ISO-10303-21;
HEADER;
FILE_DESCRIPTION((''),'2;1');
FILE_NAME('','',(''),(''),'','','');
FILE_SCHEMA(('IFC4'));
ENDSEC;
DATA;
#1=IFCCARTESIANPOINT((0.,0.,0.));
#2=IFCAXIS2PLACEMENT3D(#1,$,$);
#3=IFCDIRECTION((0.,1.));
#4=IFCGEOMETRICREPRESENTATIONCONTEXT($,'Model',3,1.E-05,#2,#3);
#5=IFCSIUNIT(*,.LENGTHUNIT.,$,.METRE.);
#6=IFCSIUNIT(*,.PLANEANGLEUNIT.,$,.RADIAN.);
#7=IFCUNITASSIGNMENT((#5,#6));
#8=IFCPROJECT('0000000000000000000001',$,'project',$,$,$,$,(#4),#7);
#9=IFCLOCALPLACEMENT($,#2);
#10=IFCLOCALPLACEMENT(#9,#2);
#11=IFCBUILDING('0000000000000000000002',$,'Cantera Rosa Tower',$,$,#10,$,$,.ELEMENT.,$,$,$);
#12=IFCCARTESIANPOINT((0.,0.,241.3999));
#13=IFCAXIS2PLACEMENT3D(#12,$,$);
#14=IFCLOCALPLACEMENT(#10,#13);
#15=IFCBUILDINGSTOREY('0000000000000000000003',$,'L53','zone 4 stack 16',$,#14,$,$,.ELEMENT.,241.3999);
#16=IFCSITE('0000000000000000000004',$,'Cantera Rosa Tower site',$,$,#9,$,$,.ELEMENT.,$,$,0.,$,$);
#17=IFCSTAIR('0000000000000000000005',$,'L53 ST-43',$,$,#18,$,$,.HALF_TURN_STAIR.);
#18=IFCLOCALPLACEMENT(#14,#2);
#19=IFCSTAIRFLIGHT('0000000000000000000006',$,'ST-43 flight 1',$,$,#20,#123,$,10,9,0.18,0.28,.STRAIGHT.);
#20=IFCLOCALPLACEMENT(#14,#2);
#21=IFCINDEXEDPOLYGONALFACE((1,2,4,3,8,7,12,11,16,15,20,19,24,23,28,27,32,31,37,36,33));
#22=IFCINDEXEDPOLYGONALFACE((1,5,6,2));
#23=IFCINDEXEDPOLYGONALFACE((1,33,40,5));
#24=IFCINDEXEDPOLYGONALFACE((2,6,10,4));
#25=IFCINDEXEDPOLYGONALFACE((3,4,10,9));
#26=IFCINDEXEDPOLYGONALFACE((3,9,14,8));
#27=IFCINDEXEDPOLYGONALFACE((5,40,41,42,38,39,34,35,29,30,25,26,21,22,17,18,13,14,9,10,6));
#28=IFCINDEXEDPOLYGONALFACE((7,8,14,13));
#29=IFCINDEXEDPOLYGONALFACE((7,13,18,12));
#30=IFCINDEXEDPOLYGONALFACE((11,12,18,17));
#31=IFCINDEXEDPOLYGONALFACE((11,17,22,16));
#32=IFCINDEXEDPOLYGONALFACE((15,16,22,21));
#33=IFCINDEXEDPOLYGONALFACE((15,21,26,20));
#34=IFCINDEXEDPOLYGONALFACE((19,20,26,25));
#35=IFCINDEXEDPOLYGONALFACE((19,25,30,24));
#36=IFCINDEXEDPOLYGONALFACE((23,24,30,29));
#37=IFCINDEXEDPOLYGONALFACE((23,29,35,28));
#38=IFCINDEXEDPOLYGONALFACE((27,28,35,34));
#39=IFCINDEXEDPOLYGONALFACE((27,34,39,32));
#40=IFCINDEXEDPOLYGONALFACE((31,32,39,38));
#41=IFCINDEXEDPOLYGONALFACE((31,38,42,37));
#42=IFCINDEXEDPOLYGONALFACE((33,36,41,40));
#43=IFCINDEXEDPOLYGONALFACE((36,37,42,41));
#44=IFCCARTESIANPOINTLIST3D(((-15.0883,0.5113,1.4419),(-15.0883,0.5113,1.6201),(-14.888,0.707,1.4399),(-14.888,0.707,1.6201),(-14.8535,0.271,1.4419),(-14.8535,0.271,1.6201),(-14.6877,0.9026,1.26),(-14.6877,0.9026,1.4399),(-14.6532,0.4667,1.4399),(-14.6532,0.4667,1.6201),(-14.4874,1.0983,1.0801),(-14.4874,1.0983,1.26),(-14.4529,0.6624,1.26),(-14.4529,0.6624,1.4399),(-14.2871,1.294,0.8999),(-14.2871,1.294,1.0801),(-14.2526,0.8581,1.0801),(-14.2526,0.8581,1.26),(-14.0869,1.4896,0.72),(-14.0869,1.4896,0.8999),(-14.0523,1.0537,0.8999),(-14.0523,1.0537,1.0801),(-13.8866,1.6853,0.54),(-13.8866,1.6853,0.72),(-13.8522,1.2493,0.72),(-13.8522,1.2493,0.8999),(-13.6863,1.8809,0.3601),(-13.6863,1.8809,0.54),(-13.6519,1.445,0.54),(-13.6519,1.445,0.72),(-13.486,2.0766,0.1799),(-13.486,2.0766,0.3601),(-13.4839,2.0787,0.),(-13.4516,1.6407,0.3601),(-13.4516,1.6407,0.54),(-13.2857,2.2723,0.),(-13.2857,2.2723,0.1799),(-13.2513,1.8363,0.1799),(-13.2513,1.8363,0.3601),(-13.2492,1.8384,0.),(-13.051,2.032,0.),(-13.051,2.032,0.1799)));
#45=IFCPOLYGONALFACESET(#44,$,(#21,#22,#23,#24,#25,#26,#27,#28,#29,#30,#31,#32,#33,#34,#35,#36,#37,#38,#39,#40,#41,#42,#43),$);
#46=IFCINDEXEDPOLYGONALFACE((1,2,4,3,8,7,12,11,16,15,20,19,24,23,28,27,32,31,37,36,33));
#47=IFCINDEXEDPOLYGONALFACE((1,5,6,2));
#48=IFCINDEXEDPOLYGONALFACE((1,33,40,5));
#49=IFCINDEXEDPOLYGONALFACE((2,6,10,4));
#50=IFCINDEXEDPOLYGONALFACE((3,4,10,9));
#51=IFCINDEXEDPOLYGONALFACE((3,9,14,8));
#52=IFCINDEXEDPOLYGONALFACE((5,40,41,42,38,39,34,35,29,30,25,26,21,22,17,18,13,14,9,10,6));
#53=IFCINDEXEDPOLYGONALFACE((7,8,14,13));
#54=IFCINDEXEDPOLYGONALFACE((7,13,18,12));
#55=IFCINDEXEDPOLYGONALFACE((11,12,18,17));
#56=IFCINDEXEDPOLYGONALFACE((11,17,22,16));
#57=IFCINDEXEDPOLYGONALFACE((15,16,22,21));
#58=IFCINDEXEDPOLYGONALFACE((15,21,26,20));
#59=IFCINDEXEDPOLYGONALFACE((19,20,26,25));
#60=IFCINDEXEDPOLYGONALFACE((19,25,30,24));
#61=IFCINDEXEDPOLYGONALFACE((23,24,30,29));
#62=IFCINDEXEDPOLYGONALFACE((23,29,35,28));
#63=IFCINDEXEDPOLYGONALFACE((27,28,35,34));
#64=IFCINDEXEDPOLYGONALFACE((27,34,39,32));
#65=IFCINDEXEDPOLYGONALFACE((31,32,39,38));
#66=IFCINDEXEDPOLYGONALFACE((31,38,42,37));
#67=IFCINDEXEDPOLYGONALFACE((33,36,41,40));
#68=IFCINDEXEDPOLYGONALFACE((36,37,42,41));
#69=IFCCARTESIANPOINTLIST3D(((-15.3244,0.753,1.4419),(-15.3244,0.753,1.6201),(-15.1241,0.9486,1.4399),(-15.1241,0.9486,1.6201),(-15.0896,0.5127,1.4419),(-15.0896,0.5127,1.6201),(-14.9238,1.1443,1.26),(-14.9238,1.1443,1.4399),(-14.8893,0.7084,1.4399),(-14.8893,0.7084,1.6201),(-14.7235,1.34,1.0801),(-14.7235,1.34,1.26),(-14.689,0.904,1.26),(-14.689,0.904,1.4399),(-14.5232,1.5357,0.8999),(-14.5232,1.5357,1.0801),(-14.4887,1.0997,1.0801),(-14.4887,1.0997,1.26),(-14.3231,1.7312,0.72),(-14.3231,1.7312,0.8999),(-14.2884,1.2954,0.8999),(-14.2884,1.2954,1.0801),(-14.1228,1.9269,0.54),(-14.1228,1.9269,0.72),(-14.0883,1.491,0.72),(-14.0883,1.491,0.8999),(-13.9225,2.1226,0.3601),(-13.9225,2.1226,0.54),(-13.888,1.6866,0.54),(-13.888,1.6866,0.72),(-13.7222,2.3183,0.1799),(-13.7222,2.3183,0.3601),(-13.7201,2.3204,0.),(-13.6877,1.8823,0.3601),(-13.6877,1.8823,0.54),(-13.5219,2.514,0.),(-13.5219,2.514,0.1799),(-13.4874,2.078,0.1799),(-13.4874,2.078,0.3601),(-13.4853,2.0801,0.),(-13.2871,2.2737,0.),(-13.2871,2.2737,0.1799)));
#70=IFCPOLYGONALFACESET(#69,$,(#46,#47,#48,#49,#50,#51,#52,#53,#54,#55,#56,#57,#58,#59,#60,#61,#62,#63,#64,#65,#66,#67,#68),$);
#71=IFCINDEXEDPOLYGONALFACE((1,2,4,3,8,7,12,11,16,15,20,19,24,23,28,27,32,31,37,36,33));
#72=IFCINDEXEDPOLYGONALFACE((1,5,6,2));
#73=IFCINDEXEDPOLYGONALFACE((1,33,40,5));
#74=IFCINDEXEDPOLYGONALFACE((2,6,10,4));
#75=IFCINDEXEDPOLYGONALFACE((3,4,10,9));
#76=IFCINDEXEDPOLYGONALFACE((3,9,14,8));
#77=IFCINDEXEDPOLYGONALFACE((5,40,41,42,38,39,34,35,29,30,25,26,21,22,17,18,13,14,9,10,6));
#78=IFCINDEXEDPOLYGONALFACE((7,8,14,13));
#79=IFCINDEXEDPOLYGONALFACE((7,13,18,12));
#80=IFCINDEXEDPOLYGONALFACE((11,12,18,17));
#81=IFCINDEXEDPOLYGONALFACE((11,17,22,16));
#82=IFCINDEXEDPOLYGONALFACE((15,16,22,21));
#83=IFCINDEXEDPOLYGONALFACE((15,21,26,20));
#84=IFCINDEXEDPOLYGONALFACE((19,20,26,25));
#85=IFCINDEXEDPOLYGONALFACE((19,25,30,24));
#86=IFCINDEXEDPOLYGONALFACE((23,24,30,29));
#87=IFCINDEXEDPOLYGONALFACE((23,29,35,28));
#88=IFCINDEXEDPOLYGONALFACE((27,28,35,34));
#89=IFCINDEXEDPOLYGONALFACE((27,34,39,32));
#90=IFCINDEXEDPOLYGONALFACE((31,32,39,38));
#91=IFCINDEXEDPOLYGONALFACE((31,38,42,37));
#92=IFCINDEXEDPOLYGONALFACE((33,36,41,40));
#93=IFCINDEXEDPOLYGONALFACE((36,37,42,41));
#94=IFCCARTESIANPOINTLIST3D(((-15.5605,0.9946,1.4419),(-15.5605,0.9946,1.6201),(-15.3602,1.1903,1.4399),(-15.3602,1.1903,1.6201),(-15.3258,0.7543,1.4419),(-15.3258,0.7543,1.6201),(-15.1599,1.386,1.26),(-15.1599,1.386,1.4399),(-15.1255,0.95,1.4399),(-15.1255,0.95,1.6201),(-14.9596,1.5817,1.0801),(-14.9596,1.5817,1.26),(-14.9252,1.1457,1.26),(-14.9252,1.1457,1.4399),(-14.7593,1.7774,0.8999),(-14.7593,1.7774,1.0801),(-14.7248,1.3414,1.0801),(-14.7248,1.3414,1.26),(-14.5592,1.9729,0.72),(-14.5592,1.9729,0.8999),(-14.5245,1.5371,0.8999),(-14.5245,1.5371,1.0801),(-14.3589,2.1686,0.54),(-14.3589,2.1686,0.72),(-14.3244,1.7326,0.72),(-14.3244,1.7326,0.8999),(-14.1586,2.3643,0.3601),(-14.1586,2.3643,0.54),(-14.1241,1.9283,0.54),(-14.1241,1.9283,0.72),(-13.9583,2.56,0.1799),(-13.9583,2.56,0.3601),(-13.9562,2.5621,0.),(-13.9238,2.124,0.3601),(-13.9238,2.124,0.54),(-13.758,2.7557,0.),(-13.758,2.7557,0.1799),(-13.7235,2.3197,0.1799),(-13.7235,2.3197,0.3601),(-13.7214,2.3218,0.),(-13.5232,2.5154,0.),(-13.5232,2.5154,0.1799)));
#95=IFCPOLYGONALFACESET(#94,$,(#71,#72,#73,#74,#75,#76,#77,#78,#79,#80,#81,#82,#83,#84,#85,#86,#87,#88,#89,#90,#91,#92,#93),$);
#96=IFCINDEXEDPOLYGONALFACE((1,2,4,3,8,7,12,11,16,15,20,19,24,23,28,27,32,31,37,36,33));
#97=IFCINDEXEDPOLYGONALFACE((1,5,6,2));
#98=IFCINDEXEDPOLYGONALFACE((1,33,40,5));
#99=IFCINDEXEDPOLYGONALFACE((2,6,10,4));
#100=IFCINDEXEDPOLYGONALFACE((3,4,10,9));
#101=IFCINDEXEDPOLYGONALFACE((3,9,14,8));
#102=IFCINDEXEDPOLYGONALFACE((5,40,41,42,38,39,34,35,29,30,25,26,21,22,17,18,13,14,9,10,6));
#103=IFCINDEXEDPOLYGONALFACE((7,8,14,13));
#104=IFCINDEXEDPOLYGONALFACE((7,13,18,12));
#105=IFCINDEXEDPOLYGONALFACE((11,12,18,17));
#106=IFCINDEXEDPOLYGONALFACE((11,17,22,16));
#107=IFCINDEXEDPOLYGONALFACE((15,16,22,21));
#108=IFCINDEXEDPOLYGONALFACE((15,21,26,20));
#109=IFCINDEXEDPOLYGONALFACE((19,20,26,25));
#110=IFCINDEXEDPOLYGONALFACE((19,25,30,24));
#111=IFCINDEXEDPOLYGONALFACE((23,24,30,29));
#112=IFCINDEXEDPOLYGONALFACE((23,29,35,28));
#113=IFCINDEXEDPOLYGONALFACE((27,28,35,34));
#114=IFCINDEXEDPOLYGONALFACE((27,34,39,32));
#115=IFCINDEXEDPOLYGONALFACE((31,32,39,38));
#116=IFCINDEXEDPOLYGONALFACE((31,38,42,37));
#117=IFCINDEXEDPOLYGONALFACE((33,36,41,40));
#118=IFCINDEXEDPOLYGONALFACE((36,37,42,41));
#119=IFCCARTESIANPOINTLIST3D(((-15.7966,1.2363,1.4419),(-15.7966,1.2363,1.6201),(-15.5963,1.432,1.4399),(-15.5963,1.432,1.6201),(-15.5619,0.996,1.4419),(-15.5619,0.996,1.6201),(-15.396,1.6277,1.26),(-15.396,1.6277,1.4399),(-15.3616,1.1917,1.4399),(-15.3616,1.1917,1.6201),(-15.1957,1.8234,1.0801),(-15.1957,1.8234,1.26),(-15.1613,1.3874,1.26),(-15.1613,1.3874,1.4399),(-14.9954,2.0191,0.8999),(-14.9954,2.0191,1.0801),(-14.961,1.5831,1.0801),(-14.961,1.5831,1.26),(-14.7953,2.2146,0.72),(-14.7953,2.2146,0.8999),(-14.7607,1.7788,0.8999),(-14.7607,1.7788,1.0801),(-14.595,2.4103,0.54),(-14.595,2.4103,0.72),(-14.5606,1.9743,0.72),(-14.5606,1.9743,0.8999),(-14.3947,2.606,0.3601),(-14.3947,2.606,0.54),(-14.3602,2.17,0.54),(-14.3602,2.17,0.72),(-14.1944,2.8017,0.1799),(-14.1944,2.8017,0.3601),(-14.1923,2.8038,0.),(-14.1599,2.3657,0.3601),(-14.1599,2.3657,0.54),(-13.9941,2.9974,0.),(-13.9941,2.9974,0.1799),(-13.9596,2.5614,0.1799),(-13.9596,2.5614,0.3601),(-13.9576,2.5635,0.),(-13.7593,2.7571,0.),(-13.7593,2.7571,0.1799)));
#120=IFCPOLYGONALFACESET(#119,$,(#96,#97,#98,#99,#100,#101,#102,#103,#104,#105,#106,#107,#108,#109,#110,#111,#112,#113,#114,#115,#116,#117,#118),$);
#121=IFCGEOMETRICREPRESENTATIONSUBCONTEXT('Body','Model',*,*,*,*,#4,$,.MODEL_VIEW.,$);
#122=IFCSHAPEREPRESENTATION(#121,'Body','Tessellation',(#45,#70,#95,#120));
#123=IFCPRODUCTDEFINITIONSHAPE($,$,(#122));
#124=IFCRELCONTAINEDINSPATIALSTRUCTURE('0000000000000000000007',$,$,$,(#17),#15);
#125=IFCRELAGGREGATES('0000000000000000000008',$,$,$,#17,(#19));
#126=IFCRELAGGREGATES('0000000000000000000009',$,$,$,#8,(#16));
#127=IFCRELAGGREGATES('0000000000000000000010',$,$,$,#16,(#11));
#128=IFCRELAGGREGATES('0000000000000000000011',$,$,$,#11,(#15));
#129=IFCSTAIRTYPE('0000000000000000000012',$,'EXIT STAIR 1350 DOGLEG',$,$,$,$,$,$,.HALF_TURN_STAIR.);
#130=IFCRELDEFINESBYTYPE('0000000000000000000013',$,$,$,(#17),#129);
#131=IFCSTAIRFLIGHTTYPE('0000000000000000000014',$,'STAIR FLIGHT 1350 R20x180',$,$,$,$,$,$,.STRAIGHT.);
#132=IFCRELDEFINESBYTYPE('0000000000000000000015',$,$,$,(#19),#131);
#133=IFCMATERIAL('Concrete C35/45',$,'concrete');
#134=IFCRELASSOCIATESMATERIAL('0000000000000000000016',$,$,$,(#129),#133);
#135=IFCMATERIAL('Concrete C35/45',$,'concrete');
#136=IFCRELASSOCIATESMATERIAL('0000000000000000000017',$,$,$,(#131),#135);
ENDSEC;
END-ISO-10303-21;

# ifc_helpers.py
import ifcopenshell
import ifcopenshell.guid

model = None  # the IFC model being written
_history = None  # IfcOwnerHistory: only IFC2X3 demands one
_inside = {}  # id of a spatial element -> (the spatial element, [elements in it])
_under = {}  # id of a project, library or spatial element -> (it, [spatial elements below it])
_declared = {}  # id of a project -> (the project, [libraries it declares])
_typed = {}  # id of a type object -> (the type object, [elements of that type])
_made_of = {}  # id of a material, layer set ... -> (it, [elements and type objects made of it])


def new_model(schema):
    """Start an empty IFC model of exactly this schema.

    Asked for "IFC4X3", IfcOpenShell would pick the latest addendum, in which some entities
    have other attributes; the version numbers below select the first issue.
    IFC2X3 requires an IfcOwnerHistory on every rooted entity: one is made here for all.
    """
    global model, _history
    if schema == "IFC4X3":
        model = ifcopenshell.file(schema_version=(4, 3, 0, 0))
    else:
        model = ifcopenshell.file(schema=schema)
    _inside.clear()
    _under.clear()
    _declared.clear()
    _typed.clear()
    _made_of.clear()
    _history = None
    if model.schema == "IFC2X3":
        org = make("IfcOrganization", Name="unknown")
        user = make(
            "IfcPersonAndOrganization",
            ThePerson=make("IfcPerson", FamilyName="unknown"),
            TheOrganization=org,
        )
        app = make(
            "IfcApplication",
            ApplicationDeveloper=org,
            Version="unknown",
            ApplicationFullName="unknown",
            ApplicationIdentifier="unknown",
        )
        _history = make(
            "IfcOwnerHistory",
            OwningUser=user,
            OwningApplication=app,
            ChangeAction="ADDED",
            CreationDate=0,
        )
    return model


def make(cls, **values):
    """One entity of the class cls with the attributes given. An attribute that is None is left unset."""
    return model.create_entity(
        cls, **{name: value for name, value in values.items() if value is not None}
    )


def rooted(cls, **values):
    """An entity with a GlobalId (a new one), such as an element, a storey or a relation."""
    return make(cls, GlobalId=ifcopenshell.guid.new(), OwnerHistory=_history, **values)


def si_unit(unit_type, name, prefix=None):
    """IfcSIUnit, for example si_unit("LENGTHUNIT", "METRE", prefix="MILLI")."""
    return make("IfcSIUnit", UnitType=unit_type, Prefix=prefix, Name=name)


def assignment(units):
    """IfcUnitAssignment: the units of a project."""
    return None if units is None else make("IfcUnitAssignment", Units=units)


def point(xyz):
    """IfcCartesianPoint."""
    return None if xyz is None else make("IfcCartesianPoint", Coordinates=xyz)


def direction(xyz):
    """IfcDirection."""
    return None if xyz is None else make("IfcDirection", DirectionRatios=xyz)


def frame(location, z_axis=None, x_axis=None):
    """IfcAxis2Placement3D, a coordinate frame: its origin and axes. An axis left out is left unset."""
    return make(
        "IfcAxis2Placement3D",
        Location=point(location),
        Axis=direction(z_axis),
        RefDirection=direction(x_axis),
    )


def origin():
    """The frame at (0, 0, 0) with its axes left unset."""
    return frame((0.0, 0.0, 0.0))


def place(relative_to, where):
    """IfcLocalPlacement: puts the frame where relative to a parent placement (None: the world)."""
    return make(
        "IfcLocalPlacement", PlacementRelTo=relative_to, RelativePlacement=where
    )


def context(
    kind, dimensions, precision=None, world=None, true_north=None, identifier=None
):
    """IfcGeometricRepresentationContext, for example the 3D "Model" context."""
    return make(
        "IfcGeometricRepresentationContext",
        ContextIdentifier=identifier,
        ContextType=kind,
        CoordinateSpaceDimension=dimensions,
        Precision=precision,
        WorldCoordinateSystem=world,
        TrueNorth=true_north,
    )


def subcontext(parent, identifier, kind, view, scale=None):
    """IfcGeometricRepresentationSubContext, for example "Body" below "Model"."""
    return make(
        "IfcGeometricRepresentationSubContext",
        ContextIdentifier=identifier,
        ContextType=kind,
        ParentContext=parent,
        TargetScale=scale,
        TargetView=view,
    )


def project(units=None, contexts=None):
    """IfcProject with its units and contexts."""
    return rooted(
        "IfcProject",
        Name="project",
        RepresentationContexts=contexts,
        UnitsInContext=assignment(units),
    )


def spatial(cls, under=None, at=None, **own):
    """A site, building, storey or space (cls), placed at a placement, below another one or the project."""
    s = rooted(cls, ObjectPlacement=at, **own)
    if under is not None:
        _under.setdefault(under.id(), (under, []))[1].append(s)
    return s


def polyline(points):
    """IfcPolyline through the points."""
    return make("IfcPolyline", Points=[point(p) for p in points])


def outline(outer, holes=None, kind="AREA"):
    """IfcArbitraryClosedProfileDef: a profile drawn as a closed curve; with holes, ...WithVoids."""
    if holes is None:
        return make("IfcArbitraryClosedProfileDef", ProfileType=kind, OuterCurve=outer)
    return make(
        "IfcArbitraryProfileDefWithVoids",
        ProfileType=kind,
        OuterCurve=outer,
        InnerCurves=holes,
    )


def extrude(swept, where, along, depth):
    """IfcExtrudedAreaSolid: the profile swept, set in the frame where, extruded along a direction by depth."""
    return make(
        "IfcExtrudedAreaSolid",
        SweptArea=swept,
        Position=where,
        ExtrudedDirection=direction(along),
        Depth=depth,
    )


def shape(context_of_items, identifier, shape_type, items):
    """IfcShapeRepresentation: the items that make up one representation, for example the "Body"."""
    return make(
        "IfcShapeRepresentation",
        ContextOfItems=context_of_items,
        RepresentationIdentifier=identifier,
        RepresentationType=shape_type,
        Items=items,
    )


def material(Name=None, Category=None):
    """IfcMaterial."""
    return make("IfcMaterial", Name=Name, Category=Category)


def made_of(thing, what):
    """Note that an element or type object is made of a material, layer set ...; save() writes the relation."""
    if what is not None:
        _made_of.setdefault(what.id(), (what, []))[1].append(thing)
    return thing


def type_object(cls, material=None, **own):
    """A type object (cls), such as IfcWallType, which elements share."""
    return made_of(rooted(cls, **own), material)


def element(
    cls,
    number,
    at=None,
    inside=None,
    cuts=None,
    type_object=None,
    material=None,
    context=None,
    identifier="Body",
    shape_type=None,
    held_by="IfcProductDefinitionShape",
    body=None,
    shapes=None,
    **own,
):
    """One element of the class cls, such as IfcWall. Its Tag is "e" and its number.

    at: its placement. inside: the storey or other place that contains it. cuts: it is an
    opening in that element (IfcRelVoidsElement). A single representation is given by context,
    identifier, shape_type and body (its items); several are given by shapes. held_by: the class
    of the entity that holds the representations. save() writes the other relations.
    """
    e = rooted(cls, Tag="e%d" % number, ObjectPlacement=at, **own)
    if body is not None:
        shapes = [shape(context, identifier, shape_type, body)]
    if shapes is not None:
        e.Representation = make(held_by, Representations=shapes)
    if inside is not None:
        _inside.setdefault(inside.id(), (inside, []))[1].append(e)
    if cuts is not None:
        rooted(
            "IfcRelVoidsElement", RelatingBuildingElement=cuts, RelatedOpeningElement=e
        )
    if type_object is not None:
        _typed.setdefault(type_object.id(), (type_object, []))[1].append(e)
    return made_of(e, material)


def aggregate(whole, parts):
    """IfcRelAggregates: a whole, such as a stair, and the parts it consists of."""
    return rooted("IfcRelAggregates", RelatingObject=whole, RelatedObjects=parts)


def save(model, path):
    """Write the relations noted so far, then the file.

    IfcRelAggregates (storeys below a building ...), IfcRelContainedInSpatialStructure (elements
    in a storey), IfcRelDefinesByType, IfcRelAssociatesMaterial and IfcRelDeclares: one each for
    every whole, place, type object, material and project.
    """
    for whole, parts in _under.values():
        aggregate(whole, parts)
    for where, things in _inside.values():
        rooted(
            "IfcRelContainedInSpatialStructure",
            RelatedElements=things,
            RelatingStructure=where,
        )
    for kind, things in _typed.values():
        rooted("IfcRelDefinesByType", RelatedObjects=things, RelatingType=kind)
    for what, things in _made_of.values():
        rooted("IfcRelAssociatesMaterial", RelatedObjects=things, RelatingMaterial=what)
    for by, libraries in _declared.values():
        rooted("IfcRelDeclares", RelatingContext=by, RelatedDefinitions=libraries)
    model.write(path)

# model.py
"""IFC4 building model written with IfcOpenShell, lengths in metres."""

from ifc_helpers import new_model, si_unit, direction, frame, origin, place, context, subcontext, project, spatial, polyline, outline, extrude, material, type_object, element, aggregate, save


model = new_model("IFC4")

# Units and contexts
model_context = context("Model", 3, precision=1e-05, world=origin(), true_north=direction((0.0, 1.0)))
body_context = subcontext(model_context, "Body", "Model", "MODEL_VIEW")
ifc_project = project(units=[si_unit("LENGTHUNIT", "METRE"), si_unit("PLANEANGLEUNIT", "RADIAN")], contexts=[model_context])

# Site, building, storey
site_placement = place(None, origin())
site = spatial("IfcSite", under=ifc_project, at=site_placement, Name="Cantera Rosa Tower site", CompositionType="ELEMENT", RefElevation=0.0)
building_placement = place(site_placement, origin())
building = spatial("IfcBuilding", under=site, at=building_placement, Name="Cantera Rosa Tower", CompositionType="ELEMENT")
storey_placement = place(building_placement, frame((0.0, 0.0, 241.3999)))
storey = spatial("IfcBuildingStorey", under=building, at=storey_placement, Name="L53", Description="zone 4 stack 16", CompositionType="ELEMENT", Elevation=241.3999)

# Stair, stair flight
ifc_material_1 = material(Name="Concrete C35/45", Category="concrete")
stair_type = type_object("IfcStairType", Name="EXIT STAIR 1350 DOGLEG", PredefinedType="HALF_TURN_STAIR", material=ifc_material_1)
stair_placement = place(storey_placement, origin())
stair = element("IfcStair", 1, at=stair_placement, inside=storey, type_object=stair_type, Name="L53 ST-43", PredefinedType="HALF_TURN_STAIR")
ifc_material_2 = material(Name="Concrete C35/45", Category="concrete")
stair_flight_type = type_object("IfcStairFlightType", Name="STAIR FLIGHT 1350 R20x180", PredefinedType="STRAIGHT", material=ifc_material_2)
stair_flight_1_placement = place(storey_placement, frame((-13.5227, 2.5149, 0.0), z_axis=(0.0, 0.0, 1.0), x_axis=(-0.715286, -0.698832, 0.0)))
stair_flight_1 = element("IfcStairFlight", 2, at=stair_flight_1_placement, type_object=stair_flight_type, Name="ST-43 flight 1", NumberOfRisers=10, NumberOfTreads=9, PredefinedType="STRAIGHT", RiserHeight=0.18, TreadLength=0.28, context=body_context, shape_type="SweptSolid", body=[
    extrude(outline(polyline([(0.0, 0.0), (0.0, 0.1799), (0.28, 0.1799), (0.28, 0.3601), (0.5601, 0.3601), (0.5601, 0.54), (0.8401, 0.54), (0.8401, 0.72), (1.1201, 0.72), (1.1201, 0.8999), (1.3999, 0.8999), (1.3999, 1.0801), (1.6799, 1.0801), (1.6799, 1.26), (1.96, 1.26), (1.96, 1.4399), (2.24, 1.4399), (2.24, 1.6201), (2.52, 1.6201), (2.52, 1.8), (2.52, 1.4419), (0.2771, 0.0), (0.0, 0.0)])), frame((0.0, 0.675, 0.0), z_axis=(0.0, -1.0, 0.0), x_axis=(1.0, 0.0, 0.0)), (0.0, 0.0, 1.0), 0.3359),
    extrude(outline(polyline([(0.0, 0.0), (0.0, 0.1799), (0.28, 0.1799), (0.28, 0.3601), (0.5601, 0.3601), (0.5601, 0.54), (0.8401, 0.54), (0.8401, 0.72), (1.1201, 0.72), (1.1201, 0.8999), (1.3999, 0.8999), (1.3999, 1.0801), (1.6799, 1.0801), (1.6799, 1.26), (1.96, 1.26), (1.96, 1.4399), (2.24, 1.4399), (2.24, 1.6201), (2.52, 1.6201), (2.52, 1.8), (2.52, 1.4419), (0.2771, 0.0), (0.0, 0.0)])), frame((0.0, 0.3372, 0.0), z_axis=(0.0, -1.0, 0.0), x_axis=(1.0, 0.0, 0.0)), (0.0, 0.0, 1.0), 0.3359),
    extrude(outline(polyline([(0.0, 0.0), (0.0, 0.1799), (0.28, 0.1799), (0.28, 0.3601), (0.5601, 0.3601), (0.5601, 0.54), (0.8401, 0.54), (0.8401, 0.72), (1.1201, 0.72), (1.1201, 0.8999), (1.3999, 0.8999), (1.3999, 1.0801), (1.6799, 1.0801), (1.6799, 1.26), (1.96, 1.26), (1.96, 1.4399), (2.24, 1.4399), (2.24, 1.6201), (2.52, 1.6201), (2.52, 1.8), (2.52, 1.4419), (0.2771, 0.0), (0.0, 0.0)])), frame((0.0, -0.0007, 0.0), z_axis=(0.0, -1.0, 0.0), x_axis=(1.0, 0.0, 0.0)), (0.0, 0.0, 1.0), 0.3359),
    extrude(outline(polyline([(0.0, 0.0), (0.0, 0.1799), (0.28, 0.1799), (0.28, 0.3601), (0.5601, 0.3601), (0.5601, 0.54), (0.8401, 0.54), (0.8401, 0.72), (1.1201, 0.72), (1.1201, 0.8999), (1.3999, 0.8999), (1.3999, 1.0801), (1.6799, 1.0801), (1.6799, 1.26), (1.96, 1.26), (1.96, 1.4399), (2.24, 1.4399), (2.24, 1.6201), (2.52, 1.6201), (2.52, 1.8), (2.52, 1.4419), (0.2771, 0.0), (0.0, 0.0)])), frame((0.0, -0.3386, 0.0), z_axis=(0.0, -1.0, 0.0), x_axis=(1.0, 0.0, 0.0)), (0.0, 0.0, 1.0), 0.3359),
])
aggregate(stair, [stair_flight_1])

save(model, "model.ifc")
